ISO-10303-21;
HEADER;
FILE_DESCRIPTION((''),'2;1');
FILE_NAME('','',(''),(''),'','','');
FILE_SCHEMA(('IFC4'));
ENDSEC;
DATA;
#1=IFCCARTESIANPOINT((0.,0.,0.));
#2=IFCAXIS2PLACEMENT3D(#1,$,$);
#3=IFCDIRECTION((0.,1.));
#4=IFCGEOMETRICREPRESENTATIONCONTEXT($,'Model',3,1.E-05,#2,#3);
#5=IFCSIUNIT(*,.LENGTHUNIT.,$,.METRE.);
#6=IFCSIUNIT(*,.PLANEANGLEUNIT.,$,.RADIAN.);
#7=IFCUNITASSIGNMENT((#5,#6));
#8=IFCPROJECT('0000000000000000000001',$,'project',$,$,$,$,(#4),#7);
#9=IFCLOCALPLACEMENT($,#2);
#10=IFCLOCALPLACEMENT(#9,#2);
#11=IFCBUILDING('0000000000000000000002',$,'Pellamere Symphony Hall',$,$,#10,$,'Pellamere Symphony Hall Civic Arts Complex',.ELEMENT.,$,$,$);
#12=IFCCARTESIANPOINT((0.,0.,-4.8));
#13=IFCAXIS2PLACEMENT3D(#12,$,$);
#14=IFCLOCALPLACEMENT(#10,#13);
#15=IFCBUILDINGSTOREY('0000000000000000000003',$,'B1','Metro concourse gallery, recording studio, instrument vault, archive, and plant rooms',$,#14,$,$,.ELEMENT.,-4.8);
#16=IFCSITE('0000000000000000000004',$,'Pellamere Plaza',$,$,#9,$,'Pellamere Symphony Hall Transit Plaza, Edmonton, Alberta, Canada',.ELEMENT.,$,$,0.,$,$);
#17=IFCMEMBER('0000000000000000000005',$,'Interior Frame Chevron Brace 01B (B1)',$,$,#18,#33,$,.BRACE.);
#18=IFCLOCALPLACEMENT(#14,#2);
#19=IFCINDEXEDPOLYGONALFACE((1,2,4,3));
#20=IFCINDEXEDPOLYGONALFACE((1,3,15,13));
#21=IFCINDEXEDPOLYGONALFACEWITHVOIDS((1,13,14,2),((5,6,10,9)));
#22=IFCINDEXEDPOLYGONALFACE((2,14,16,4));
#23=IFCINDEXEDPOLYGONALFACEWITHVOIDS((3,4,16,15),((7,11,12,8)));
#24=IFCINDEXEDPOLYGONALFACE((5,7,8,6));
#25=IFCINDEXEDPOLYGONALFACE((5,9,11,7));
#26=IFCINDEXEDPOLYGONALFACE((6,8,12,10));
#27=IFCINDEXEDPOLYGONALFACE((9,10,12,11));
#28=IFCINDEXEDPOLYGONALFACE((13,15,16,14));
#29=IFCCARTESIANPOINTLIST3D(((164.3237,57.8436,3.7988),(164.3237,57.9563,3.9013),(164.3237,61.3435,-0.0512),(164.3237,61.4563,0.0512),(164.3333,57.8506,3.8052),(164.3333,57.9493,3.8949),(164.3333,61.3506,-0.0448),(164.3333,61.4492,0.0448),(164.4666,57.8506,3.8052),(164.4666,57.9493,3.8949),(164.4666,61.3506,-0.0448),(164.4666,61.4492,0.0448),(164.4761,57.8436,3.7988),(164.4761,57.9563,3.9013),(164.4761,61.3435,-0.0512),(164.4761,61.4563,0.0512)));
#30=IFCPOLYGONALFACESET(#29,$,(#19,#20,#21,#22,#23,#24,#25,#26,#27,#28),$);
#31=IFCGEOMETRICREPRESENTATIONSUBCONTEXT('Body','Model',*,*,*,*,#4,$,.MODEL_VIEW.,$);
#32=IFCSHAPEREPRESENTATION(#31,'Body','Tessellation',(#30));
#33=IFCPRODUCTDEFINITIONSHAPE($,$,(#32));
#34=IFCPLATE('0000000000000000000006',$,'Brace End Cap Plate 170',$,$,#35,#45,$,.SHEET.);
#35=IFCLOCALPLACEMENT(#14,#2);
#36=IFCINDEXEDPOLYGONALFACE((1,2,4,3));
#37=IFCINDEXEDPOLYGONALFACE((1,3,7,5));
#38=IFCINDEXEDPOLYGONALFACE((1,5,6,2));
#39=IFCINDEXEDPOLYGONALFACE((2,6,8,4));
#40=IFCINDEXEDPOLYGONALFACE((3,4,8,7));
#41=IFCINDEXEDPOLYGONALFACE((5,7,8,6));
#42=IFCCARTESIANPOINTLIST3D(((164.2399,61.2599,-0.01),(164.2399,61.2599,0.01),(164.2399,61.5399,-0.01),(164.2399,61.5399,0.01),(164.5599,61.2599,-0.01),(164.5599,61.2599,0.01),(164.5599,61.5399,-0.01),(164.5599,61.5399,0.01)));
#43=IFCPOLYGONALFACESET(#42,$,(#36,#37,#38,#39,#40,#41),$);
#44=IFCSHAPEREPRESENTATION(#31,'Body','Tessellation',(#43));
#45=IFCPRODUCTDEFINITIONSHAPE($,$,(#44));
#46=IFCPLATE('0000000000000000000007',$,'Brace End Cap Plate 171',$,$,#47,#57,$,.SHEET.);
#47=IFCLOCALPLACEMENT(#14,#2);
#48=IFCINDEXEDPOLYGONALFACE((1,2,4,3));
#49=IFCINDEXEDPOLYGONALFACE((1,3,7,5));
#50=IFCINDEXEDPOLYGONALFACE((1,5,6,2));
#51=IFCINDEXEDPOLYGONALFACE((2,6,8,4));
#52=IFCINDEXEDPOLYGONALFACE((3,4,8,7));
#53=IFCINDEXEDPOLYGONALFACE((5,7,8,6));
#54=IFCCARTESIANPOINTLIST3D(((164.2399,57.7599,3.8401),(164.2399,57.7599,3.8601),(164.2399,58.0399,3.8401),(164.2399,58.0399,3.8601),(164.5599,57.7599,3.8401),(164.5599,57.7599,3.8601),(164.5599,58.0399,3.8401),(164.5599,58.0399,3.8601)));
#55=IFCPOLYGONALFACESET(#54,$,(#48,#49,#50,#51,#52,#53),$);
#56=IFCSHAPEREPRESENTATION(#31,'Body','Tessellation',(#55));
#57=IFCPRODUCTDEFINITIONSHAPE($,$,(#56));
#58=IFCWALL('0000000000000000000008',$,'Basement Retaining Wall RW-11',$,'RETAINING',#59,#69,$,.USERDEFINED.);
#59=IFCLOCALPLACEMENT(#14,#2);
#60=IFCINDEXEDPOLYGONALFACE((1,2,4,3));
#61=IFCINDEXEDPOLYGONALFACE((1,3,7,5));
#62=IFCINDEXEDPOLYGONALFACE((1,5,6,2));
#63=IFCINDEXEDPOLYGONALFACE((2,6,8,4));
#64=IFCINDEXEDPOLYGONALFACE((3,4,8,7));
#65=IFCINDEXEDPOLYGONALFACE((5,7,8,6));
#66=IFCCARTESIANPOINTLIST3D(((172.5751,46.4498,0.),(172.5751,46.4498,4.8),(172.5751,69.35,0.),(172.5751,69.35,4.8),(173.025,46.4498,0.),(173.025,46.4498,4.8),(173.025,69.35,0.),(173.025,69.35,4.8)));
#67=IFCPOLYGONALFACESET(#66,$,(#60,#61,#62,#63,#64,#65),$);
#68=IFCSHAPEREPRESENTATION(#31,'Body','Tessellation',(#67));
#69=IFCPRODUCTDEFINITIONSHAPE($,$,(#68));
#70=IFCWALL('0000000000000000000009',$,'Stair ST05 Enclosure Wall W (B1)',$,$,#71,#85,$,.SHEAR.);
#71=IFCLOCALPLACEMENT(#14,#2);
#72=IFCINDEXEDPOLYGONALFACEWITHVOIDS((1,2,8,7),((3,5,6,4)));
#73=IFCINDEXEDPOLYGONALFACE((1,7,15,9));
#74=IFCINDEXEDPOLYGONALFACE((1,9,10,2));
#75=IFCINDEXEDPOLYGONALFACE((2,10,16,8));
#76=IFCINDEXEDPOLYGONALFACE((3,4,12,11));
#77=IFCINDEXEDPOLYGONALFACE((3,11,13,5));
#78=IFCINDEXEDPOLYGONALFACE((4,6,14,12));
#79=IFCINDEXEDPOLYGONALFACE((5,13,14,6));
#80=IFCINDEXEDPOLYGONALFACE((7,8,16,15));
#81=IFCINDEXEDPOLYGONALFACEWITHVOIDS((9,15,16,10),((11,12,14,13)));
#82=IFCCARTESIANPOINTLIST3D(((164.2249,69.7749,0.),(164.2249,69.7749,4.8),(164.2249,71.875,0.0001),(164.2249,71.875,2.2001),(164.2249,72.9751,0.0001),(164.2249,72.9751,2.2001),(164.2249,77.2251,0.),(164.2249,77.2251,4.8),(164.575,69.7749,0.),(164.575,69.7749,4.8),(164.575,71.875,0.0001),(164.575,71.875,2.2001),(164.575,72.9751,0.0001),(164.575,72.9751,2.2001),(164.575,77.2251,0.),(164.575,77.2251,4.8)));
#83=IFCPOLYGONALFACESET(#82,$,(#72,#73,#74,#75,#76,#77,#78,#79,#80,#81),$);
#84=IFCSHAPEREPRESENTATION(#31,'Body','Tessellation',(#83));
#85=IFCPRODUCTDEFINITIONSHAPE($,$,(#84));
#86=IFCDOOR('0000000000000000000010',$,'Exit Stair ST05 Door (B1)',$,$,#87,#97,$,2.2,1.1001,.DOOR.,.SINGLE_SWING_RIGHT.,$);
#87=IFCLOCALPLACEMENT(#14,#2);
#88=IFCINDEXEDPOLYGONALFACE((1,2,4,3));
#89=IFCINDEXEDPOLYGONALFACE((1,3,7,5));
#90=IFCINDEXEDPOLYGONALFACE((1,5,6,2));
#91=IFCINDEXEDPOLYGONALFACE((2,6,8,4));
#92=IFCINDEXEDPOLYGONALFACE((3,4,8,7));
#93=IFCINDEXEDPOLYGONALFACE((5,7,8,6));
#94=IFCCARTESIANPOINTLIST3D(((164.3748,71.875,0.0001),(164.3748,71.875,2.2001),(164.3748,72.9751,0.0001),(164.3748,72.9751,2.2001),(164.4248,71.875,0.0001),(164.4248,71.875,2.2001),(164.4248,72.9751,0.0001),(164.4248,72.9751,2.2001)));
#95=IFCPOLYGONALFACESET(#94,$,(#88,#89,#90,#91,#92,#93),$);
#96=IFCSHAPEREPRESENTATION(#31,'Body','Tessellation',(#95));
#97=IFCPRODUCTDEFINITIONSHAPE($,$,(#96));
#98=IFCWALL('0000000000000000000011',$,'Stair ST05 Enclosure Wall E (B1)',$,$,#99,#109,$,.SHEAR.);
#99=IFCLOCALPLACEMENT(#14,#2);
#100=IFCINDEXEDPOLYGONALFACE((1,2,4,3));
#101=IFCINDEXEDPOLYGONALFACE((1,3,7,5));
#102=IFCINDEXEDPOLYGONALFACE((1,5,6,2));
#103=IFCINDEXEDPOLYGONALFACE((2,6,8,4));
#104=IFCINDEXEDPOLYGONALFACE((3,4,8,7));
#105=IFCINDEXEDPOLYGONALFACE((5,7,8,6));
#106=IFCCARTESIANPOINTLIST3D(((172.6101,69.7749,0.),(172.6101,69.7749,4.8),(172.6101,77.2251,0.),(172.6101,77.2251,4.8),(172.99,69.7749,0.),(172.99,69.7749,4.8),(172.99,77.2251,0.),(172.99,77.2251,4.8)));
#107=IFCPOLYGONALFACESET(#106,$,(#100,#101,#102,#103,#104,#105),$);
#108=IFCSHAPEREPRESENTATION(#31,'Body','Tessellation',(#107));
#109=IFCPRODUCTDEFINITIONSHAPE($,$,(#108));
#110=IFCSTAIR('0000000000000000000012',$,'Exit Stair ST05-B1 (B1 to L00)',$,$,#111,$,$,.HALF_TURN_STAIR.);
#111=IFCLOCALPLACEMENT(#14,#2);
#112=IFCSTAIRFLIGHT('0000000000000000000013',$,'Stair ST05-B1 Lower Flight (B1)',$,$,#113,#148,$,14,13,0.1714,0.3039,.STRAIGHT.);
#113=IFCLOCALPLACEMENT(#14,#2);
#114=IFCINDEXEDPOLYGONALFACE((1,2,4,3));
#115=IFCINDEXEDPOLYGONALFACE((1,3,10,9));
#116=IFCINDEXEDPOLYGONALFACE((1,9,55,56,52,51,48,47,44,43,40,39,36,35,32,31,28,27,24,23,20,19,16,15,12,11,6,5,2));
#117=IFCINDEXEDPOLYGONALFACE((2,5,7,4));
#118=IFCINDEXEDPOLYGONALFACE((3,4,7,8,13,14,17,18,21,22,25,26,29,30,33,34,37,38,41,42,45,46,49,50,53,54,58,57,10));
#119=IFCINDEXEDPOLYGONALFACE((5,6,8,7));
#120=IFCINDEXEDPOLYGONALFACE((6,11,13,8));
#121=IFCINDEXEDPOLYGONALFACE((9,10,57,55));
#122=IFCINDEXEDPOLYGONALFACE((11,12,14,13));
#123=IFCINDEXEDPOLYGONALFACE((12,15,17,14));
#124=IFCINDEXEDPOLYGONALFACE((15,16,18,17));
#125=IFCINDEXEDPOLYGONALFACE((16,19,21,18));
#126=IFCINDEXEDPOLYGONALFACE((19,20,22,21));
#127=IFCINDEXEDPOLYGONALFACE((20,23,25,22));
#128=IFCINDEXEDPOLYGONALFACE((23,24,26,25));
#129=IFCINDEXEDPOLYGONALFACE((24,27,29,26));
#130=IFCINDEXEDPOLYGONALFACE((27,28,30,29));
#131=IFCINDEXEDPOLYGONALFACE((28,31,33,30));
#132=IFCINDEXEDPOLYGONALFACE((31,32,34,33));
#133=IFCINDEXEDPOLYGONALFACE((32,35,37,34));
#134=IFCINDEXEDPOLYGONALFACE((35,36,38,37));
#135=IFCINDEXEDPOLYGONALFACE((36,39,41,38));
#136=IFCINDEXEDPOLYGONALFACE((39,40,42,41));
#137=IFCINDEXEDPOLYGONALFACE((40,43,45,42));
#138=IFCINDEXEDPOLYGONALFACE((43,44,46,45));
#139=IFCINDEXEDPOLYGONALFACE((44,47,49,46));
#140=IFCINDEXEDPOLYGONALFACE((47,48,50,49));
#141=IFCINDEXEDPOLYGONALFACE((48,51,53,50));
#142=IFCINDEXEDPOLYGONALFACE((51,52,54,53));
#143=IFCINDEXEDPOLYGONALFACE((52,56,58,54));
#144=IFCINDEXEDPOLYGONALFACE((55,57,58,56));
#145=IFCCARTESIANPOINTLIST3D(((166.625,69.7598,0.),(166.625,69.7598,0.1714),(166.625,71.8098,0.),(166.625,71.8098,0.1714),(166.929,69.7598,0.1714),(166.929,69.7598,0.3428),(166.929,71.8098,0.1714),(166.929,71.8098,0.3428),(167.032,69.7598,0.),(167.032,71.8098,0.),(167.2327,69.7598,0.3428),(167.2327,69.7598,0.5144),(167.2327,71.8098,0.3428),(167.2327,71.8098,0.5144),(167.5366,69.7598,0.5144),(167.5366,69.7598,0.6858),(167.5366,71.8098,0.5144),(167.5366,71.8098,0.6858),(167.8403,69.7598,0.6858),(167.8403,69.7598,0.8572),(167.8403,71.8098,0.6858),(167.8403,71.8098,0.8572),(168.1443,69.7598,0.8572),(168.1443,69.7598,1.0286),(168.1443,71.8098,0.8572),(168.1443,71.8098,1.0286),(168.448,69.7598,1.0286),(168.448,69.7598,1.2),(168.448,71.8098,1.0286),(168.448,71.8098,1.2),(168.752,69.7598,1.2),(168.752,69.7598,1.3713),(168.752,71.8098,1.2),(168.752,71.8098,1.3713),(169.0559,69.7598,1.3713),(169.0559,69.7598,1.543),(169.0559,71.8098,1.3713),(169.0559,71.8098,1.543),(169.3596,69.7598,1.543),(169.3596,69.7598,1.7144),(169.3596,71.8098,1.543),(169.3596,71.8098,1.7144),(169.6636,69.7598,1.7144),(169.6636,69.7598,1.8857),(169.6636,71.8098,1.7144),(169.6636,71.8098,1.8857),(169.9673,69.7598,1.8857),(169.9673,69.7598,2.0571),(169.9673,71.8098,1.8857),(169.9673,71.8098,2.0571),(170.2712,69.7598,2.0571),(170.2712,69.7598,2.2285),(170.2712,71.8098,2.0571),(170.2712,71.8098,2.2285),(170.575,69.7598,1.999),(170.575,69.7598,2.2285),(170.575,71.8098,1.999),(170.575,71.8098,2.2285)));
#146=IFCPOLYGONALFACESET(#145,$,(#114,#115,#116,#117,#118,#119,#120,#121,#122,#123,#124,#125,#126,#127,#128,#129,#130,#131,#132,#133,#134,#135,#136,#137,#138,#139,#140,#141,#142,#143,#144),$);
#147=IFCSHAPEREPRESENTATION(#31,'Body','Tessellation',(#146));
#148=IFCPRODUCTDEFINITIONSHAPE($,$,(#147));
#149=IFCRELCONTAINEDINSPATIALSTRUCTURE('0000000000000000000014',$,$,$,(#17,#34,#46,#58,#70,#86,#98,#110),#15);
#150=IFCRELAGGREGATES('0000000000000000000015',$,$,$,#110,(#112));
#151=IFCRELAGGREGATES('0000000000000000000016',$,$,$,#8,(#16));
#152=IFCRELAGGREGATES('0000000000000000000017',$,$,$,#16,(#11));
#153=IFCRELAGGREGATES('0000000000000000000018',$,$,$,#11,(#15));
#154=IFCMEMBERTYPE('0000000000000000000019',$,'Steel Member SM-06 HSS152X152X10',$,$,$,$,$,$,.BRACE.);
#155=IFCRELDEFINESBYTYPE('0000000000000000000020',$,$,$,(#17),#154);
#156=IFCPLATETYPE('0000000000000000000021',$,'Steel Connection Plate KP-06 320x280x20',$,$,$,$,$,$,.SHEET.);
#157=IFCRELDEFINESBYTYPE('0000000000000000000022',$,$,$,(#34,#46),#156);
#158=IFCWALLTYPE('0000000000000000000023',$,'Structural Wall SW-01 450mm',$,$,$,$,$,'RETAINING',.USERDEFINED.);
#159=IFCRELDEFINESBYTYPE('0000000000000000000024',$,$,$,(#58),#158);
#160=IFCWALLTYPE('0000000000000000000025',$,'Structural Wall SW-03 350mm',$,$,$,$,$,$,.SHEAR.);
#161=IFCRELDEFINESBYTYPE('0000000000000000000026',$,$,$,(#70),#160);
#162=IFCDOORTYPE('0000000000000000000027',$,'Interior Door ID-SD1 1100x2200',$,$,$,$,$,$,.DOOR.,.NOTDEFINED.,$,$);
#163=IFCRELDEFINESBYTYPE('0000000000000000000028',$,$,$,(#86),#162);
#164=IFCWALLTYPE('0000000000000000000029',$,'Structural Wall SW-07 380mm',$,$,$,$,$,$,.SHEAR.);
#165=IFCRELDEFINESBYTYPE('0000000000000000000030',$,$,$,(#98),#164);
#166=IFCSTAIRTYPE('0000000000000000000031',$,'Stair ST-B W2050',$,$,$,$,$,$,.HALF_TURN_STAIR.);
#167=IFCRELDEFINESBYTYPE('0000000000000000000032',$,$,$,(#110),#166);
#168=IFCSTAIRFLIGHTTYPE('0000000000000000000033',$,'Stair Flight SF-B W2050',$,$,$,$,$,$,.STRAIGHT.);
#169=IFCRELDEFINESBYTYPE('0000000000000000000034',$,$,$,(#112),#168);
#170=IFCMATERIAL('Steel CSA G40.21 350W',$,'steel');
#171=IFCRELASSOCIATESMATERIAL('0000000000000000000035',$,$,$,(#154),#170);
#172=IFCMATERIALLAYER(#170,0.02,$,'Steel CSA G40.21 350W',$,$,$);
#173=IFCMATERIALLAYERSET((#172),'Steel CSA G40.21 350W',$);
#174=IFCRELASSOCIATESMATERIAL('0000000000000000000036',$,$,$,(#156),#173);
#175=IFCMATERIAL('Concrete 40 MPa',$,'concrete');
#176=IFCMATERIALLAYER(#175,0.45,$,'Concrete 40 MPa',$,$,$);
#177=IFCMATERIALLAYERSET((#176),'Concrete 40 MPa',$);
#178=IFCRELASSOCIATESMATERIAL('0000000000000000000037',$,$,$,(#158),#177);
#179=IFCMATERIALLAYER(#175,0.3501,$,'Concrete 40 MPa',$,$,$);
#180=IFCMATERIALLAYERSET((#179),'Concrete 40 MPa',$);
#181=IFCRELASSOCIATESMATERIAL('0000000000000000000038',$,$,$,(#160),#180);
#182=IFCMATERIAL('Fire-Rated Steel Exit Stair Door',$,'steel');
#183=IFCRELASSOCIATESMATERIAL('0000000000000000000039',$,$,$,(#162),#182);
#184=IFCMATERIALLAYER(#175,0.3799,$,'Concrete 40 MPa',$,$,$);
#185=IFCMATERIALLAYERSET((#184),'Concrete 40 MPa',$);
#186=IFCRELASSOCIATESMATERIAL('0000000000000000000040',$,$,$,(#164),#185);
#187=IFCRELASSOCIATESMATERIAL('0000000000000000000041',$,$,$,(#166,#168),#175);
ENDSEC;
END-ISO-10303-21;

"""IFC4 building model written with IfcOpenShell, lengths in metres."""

from ifc_helpers import new_model, si_unit, direction, frame, frame_2d, origin, origin_2d, place, context, subcontext, project, spatial, polyline, rectangle, hollow_rectangle, outline, extrude, material, layer, layer_set, material_profile, profile_set, type_object, element, fill, aggregate, save


model = new_model("IFC4")

# Units and contexts
model_context = context("Model", 3, precision=1e-05, world=origin(), true_north=direction((0.0, 1.0)))
body_context = subcontext(model_context, "Body", "Model", "MODEL_VIEW")
ifc_project = project(units=[si_unit("LENGTHUNIT", "METRE"), si_unit("PLANEANGLEUNIT", "RADIAN")], contexts=[model_context])

# Site, building, storey
site_placement = place(None, origin())
site = spatial("IfcSite", under=ifc_project, at=site_placement, Name="Pellamere Plaza", LongName="Pellamere Symphony Hall Transit Plaza, Edmonton, Alberta, Canada", CompositionType="ELEMENT", RefElevation=0.0)
building_placement = place(site_placement, origin())
building = spatial("IfcBuilding", under=site, at=building_placement, Name="Pellamere Symphony Hall", LongName="Pellamere Symphony Hall Civic Arts Complex", CompositionType="ELEMENT")
storey_placement = place(building_placement, frame((0.0, 0.0, -4.8)))
storey = spatial("IfcBuildingStorey", under=building, at=storey_placement, Name="B1", Description="Metro concourse gallery, recording studio, instrument vault, archive, and plant rooms", CompositionType="ELEMENT", Elevation=-4.8)

# Shared definitions
ifc_material_1 = material(Name="Concrete 40 MPa", Category="concrete")

# Member
ifc_material_2 = material(Name="Steel CSA G40.21 350W", Category="steel")
ifc_material_profile_1 = material_profile(ifc_material_2, hollow_rectangle(XDim=0.1523, YDim=0.1523, WallThickness=0.0095, at=origin_2d()), Name="HSS152X152X10")
ifc_profile_set_1 = profile_set([ifc_material_profile_1], Name="Steel CSA G40.21 350W")
member_type = type_object("IfcMemberType", Name="Steel Member SM-06 HSS152X152X10", PredefinedType="BRACE", material=ifc_profile_set_1)
member_placement = place(storey_placement, frame((164.3999, 61.3999, 0.0), z_axis=(0.0, -0.672663, 0.739949), x_axis=(1.0, 0.0, 0.0)))
element("IfcMember", 1, at=member_placement, inside=storey, type_object=member_type, Name="Interior Frame Chevron Brace 01B (B1)", PredefinedType="BRACE", context=body_context, shape_type="SweptSolid", body=[
    extrude(hollow_rectangle(XDim=0.1523, YDim=0.1523, WallThickness=0.0095, at=origin_2d()), origin(), (0.0, 0.0, 1.0), 5.2031),
])

# Plates
ifc_layer_1 = layer(ifc_material_2, 0.02, Name="Steel CSA G40.21 350W")
ifc_layer_set_1 = layer_set([ifc_layer_1], Name="Steel CSA G40.21 350W")
plate_type = type_object("IfcPlateType", Name="Steel Connection Plate KP-06 320x280x20", PredefinedType="SHEET", material=ifc_layer_set_1)
for number, where, z_axis, x_axis, name in (
    (2, (164.3999, 61.3999, -0.01), (0.0, 0.0, 1.0), (1.0, 0.0, 0.0), "Brace End Cap Plate 170"),
    (3, (164.3999, 57.8999, 3.8401), (0.0, 0.0, 1.0), (1.0, 0.0, 0.0), "Brace End Cap Plate 171"),
):
    element("IfcPlate", number, at=place(storey_placement, frame(where, z_axis=z_axis, x_axis=x_axis)), inside=storey, type_object=plate_type, Name=name, PredefinedType="SHEET", context=body_context, shape_type="SweptSolid", body=[
        extrude(rectangle(XDim=0.3201, YDim=0.28, at=origin_2d()), origin(), (0.0, 0.0, 1.0), 0.02),
    ])

# Wall
ifc_layer_2 = layer(ifc_material_1, 0.45, Name="Concrete 40 MPa")
ifc_layer_set_2 = layer_set([ifc_layer_2], Name="Concrete 40 MPa")
wall_type_1 = type_object("IfcWallType", Name="Structural Wall SW-01 450mm", ElementType="RETAINING", PredefinedType="USERDEFINED", material=ifc_layer_set_2)
wall_1_placement = place(storey_placement, frame((172.8, 69.3501, 0.0), z_axis=(0.0, 0.0, 1.0), x_axis=(0.0, -1.0, 0.0)))
element("IfcWall", 4, at=wall_1_placement, inside=storey, type_object=wall_type_1, Name="Basement Retaining Wall RW-11", ObjectType="RETAINING", PredefinedType="USERDEFINED", context=body_context, shape_type="SweptSolid", body=[
    extrude(rectangle(XDim=22.9001, YDim=0.45, at=frame_2d((11.4502, 0.0))), origin(), (0.0, 0.0, 1.0), 4.8),
])

# Wall, opening, door
ifc_layer_3 = layer(ifc_material_1, 0.3501, Name="Concrete 40 MPa")
ifc_layer_set_3 = layer_set([ifc_layer_3], Name="Concrete 40 MPa")
wall_type_2 = type_object("IfcWallType", Name="Structural Wall SW-03 350mm", PredefinedType="SHEAR", material=ifc_layer_set_3)
wall_2_placement = place(storey_placement, frame((164.3999, 69.7749, 0.0), z_axis=(0.0, 0.0, 1.0), x_axis=(0.0, 1.0, 0.0)))
wall_2 = element("IfcWall", 5, at=wall_2_placement, inside=storey, type_object=wall_type_2, Name="Stair ST05 Enclosure Wall W (B1)", PredefinedType="SHEAR", context=body_context, shape_type="SweptSolid", body=[
    extrude(rectangle(XDim=7.4502, YDim=0.3501, at=frame_2d((3.7251, 0.0))), origin(), (0.0, 0.0, 1.0), 4.8),
])
opening_placement = place(wall_2_placement, frame((2.1001, 0.0, 0.0)))
opening = element("IfcOpeningElement", 6, at=opening_placement, cuts=wall_2, PredefinedType="OPENING", context=body_context, shape_type="SweptSolid", body=[
    extrude(rectangle(XDim=1.1001, YDim=2.2, at=frame_2d((0.55, 1.1001))), frame((0.0, 0.1851, 0.0), z_axis=(0.0, -1.0, 0.0), x_axis=(1.0, 0.0, 0.0)), (0.0, 0.0, 1.0), 0.3701),
])
ifc_material_3 = material(Name="Fire-Rated Steel Exit Stair Door", Category="steel")
door_type = type_object("IfcDoorType", Name="Interior Door ID-SD1 1100x2200", OperationType="NOTDEFINED", PredefinedType="DOOR", material=ifc_material_3)
door_placement = place(opening_placement, frame((1.1001, 0.0, 0.0), z_axis=(0.0, 0.0, 1.0), x_axis=(-1.0, 0.0, 0.0)))
door = element("IfcDoor", 7, at=door_placement, inside=storey, type_object=door_type, Name="Exit Stair ST05 Door (B1)", OperationType="SINGLE_SWING_RIGHT", OverallHeight=2.2, OverallWidth=1.1001, PredefinedType="DOOR", context=body_context, shape_type="SweptSolid", body=[
    extrude(rectangle(XDim=1.1001, YDim=2.2, at=frame_2d((0.55, 1.1001))), frame((0.0, 0.0249, 0.0), z_axis=(0.0, -1.0, 0.0), x_axis=(1.0, 0.0, 0.0)), (0.0, 0.0, 1.0), 0.05),
])
fill(opening, door)

# Wall
ifc_layer_4 = layer(ifc_material_1, 0.3799, Name="Concrete 40 MPa")
ifc_layer_set_4 = layer_set([ifc_layer_4], Name="Concrete 40 MPa")
wall_type_3 = type_object("IfcWallType", Name="Structural Wall SW-07 380mm", PredefinedType="SHEAR", material=ifc_layer_set_4)
wall_3_placement = place(storey_placement, frame((172.8, 69.7749, 0.0), z_axis=(0.0, 0.0, 1.0), x_axis=(0.0, 1.0, 0.0)))
element("IfcWall", 8, at=wall_3_placement, inside=storey, type_object=wall_type_3, Name="Stair ST05 Enclosure Wall E (B1)", PredefinedType="SHEAR", context=body_context, shape_type="SweptSolid", body=[
    extrude(rectangle(XDim=7.4502, YDim=0.3799, at=frame_2d((3.7251, 0.0))), origin(), (0.0, 0.0, 1.0), 4.8),
])

# Stair, stair flight
stair_type = type_object("IfcStairType", Name="Stair ST-B W2050", PredefinedType="HALF_TURN_STAIR", material=ifc_material_1)
stair_placement = place(storey_placement, origin())
stair = element("IfcStair", 9, at=stair_placement, inside=storey, type_object=stair_type, Name="Exit Stair ST05-B1 (B1 to L00)", PredefinedType="HALF_TURN_STAIR")
stair_flight_type = type_object("IfcStairFlightType", Name="Stair Flight SF-B W2050", PredefinedType="STRAIGHT", material=ifc_material_1)
stair_flight_1_placement = place(storey_placement, frame((166.625, 70.7849, 0.0), z_axis=(0.0, 0.0, 1.0), x_axis=(1.0, 0.0, 0.0)))
stair_flight_1 = element("IfcStairFlight", 10, at=stair_flight_1_placement, type_object=stair_flight_type, Name="Stair ST05-B1 Lower Flight (B1)", NumberOfRisers=14, NumberOfTreads=13, PredefinedType="STRAIGHT", RiserHeight=0.1714, TreadLength=0.3039, context=body_context, shape_type="SweptSolid", body=[
    extrude(outline(polyline([(0.0, 0.0), (0.0, 0.1714), (0.304, 0.1714), (0.304, 0.3428), (0.6077, 0.3428), (0.6077, 0.5144), (0.9116, 0.5144), (0.9116, 0.6858), (1.2153, 0.6858), (1.2153, 0.8572), (1.5193, 0.8572), (1.5193, 1.0286), (1.823, 1.0286), (1.823, 1.2), (2.127, 1.2), (2.127, 1.3713), (2.4309, 1.3713), (2.4309, 1.543), (2.7346, 1.543), (2.7346, 1.7144), (3.0386, 1.7144), (3.0386, 1.8857), (3.3423, 1.8857), (3.3423, 2.0571), (3.6462, 2.0571), (3.6462, 2.2285), (3.95, 2.2285), (3.95, 2.3999), (3.95, 1.999), (0.407, 0.0), (0.0, 0.0)])), frame((0.0, 1.0249, 0.0), z_axis=(0.0, -1.0, 0.0), x_axis=(1.0, 0.0, 0.0)), (0.0, 0.0, 1.0), 2.05),
])
aggregate(stair, [stair_flight_1])

save(model, "model.ifc")
